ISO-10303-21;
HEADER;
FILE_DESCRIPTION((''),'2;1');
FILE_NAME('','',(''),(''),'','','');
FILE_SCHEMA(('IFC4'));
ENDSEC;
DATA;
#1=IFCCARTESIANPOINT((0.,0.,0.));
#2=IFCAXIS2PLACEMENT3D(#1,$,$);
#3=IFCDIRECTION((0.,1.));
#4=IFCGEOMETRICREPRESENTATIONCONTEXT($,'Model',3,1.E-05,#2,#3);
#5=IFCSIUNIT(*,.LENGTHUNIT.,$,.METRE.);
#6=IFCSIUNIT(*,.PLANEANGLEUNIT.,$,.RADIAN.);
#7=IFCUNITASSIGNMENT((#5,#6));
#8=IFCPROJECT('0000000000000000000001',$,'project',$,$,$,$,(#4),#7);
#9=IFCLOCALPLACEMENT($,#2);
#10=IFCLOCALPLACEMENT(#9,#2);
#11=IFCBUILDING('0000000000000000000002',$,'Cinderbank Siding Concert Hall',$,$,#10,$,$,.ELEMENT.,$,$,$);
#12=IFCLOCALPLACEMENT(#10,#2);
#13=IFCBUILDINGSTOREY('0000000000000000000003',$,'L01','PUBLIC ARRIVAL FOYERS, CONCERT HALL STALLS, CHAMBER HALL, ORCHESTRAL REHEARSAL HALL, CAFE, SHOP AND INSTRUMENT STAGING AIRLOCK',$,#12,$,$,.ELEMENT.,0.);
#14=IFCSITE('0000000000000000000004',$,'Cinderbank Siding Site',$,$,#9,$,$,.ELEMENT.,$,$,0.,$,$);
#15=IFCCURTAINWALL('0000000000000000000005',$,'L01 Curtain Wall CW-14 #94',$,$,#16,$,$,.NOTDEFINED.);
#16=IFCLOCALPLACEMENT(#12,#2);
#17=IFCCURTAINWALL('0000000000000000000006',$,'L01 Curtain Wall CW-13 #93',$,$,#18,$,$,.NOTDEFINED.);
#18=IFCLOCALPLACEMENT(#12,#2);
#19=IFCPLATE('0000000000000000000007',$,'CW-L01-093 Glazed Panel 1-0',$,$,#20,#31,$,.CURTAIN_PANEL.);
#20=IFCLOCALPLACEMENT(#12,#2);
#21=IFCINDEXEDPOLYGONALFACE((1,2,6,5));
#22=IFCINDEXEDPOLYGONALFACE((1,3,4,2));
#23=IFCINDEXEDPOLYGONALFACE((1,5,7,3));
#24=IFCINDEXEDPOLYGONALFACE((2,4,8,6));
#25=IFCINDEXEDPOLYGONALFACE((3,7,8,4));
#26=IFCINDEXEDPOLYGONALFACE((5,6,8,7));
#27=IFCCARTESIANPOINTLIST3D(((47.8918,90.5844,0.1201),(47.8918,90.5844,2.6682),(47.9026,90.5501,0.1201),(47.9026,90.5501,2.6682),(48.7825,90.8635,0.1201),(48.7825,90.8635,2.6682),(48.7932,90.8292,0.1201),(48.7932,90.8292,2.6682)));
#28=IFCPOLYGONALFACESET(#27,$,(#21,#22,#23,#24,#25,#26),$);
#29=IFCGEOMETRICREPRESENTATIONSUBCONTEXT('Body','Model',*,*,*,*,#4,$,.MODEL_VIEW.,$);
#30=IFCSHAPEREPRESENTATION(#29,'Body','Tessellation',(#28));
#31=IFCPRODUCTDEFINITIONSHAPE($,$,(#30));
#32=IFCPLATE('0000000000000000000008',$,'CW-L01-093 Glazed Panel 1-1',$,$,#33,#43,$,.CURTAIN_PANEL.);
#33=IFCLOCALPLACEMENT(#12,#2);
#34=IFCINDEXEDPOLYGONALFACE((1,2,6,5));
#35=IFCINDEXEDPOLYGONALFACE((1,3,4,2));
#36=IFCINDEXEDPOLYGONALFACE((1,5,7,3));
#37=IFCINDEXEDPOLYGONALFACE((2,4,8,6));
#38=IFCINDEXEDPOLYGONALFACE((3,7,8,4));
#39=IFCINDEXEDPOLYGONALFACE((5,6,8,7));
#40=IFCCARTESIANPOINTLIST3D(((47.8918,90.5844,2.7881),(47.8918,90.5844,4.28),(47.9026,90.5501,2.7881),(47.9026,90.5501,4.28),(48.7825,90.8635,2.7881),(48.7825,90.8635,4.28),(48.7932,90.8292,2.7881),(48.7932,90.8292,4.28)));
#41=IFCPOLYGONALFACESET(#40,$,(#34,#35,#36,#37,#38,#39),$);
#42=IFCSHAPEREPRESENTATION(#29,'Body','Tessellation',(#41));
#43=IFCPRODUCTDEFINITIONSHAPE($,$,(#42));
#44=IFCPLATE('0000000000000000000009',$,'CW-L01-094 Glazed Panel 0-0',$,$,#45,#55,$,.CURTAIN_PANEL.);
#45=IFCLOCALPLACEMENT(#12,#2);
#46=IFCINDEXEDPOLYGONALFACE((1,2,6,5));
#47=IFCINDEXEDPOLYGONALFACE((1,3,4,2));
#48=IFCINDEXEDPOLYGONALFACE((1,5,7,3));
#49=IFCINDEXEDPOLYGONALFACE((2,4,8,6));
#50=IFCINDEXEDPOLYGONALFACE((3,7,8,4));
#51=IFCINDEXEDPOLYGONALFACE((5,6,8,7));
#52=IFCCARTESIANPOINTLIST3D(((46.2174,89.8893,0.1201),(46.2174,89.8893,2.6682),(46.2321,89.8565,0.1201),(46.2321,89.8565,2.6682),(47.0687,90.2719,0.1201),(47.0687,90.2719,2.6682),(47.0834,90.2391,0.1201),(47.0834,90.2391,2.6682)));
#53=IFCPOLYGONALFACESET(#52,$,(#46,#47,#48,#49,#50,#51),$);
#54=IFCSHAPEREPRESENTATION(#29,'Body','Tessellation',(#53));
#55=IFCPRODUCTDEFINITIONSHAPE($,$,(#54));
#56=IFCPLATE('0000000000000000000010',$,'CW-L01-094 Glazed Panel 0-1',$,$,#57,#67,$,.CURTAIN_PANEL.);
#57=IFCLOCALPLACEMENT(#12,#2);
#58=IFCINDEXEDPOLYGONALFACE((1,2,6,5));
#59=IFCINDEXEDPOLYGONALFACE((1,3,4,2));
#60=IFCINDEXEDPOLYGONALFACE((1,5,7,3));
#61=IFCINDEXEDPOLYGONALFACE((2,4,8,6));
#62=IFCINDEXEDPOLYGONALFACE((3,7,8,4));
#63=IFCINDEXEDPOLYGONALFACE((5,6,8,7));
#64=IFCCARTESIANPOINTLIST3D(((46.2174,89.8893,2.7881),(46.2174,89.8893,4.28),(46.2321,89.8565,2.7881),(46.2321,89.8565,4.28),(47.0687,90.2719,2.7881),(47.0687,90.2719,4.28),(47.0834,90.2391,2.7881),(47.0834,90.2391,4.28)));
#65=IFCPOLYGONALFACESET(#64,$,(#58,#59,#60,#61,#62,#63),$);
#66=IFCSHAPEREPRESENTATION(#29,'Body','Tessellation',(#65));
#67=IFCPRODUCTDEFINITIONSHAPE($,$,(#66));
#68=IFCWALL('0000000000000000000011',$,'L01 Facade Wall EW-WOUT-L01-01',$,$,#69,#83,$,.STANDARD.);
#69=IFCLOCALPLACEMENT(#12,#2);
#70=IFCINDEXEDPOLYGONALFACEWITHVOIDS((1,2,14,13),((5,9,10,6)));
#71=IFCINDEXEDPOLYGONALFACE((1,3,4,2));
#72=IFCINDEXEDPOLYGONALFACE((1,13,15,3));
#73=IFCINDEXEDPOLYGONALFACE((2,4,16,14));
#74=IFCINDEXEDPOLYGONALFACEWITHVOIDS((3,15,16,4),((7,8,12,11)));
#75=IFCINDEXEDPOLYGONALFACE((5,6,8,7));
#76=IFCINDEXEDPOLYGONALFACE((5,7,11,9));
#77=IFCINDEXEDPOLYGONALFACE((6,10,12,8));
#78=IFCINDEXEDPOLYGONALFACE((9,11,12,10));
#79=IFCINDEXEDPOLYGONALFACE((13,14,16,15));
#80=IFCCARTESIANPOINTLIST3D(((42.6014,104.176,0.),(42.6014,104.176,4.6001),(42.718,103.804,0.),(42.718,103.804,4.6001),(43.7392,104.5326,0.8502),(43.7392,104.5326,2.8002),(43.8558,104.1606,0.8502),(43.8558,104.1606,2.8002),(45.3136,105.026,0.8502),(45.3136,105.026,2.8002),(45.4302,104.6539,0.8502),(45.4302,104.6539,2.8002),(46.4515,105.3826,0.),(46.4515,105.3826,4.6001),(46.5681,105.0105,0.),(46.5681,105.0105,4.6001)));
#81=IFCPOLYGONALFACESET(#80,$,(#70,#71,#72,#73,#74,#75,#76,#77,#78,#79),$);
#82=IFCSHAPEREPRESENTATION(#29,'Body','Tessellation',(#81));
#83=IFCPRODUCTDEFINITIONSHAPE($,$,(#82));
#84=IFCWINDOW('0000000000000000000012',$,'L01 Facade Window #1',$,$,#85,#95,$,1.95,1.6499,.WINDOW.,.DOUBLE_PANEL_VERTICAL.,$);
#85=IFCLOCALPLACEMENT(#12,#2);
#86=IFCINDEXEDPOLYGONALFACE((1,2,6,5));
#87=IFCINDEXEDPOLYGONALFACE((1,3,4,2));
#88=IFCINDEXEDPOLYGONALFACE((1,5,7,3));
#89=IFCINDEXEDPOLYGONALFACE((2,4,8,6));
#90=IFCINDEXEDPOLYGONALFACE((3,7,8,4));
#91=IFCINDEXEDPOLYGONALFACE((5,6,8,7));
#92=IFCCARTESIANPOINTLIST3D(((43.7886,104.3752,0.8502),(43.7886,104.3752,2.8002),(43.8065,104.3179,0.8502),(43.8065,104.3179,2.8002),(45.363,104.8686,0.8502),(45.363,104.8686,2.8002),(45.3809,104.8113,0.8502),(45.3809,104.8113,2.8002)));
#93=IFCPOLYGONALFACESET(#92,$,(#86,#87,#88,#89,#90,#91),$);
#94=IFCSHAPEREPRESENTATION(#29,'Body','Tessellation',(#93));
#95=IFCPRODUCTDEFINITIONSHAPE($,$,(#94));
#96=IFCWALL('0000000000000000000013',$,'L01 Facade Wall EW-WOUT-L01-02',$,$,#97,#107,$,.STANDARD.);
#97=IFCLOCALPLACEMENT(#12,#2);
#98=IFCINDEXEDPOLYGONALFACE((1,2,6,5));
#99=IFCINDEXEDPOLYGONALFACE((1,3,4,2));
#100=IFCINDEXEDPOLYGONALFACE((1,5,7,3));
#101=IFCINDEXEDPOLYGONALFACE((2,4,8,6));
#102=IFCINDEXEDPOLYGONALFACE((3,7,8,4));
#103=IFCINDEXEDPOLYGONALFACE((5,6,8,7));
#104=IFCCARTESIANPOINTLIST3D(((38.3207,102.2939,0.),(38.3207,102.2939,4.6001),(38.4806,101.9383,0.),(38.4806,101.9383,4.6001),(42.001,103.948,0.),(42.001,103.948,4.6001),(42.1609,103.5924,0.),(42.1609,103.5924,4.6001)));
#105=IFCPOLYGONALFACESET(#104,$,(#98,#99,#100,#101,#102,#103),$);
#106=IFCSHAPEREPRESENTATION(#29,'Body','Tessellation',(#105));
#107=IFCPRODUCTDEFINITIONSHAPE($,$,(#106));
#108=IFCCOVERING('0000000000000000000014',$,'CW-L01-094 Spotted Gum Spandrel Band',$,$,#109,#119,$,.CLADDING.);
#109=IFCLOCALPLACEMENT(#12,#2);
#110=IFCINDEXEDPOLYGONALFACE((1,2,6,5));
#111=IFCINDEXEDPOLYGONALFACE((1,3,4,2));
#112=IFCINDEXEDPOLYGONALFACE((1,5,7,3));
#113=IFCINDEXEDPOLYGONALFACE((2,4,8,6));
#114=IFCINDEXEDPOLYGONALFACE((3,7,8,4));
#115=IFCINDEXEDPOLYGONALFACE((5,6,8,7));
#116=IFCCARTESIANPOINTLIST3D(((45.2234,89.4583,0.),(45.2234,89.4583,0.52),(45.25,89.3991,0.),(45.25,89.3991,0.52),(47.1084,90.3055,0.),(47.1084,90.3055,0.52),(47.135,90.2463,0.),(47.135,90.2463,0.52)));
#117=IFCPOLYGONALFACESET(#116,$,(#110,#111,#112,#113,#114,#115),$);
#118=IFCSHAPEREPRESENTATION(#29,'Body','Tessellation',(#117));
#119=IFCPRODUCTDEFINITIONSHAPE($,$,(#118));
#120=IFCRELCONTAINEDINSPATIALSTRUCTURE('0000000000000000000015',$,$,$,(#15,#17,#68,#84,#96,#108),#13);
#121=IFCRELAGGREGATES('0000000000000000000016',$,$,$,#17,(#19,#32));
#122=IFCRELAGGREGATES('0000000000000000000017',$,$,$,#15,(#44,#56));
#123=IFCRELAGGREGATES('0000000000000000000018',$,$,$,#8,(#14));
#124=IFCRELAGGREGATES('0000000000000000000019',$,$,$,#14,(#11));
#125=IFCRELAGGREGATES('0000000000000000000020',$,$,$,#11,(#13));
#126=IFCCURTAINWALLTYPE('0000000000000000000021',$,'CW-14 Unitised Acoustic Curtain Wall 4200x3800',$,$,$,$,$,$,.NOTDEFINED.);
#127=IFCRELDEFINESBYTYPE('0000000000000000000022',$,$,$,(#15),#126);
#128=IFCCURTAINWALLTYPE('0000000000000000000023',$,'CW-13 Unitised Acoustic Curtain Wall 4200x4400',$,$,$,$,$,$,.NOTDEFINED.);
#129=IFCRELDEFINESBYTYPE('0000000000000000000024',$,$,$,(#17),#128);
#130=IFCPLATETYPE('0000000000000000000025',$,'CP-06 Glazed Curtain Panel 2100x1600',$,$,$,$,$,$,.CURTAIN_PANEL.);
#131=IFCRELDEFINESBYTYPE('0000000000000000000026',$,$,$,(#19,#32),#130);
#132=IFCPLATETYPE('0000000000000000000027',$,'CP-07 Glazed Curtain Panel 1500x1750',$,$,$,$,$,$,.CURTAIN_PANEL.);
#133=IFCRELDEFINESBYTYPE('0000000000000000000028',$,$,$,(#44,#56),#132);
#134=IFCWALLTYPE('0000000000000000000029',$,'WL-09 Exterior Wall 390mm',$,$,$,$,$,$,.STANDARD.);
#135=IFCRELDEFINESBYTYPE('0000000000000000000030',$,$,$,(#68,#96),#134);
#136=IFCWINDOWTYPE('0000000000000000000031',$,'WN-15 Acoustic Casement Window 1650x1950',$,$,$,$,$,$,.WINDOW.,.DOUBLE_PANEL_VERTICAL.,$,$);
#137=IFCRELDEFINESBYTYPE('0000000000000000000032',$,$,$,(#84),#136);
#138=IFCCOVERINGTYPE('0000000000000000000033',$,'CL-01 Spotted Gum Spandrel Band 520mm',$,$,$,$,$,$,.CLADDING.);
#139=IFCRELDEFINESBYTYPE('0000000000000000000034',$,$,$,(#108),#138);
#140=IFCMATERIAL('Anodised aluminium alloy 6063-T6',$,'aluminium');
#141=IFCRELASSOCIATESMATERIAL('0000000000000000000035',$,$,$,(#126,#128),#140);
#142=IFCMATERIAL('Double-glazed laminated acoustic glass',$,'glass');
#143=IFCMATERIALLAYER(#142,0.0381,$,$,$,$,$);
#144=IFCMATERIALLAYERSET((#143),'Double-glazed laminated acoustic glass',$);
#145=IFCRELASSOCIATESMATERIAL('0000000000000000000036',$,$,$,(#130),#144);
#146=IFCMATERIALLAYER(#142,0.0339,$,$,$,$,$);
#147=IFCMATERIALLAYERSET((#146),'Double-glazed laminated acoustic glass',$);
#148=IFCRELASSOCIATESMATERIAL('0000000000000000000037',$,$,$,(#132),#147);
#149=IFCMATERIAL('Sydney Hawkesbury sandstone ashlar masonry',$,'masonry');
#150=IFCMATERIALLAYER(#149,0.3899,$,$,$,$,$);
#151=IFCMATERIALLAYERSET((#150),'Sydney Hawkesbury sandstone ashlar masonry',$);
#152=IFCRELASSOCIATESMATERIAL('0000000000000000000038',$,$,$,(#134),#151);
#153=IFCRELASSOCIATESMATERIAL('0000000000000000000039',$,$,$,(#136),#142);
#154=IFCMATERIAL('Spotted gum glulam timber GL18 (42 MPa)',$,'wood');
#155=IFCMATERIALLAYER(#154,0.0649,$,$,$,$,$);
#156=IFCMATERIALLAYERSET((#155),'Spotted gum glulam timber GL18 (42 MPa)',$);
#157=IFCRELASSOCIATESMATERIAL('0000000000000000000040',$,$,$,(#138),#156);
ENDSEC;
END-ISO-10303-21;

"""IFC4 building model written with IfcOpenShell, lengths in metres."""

from ifc_helpers import new_model, si_unit, direction, frame, frame_2d, origin, origin_2d, place, context, subcontext, project, spatial, rectangle, extrude, material, layer, layer_set, type_object, element, fill, aggregate, save


model = new_model("IFC4")

# Units and contexts
model_context = context("Model", 3, precision=1e-05, world=origin(), true_north=direction((0.0, 1.0)))
body_context = subcontext(model_context, "Body", "Model", "MODEL_VIEW")
ifc_project = project(units=[si_unit("LENGTHUNIT", "METRE"), si_unit("PLANEANGLEUNIT", "RADIAN")], contexts=[model_context])

# Site, building, storey
site_placement = place(None, origin())
site = spatial("IfcSite", under=ifc_project, at=site_placement, Name="Cinderbank Siding Site", CompositionType="ELEMENT", RefElevation=0.0)
building_placement = place(site_placement, origin())
building = spatial("IfcBuilding", under=site, at=building_placement, Name="Cinderbank Siding Concert Hall", CompositionType="ELEMENT")
storey_placement = place(building_placement, origin())
storey = spatial("IfcBuildingStorey", under=building, at=storey_placement, Name="L01", Description="PUBLIC ARRIVAL FOYERS, CONCERT HALL STALLS, CHAMBER HALL, ORCHESTRAL REHEARSAL HALL, CAFE, SHOP AND INSTRUMENT STAGING AIRLOCK", CompositionType="ELEMENT", Elevation=0.0)

# Curtain walls
ifc_material_1 = material(Name="Anodised aluminium alloy 6063-T6", Category="aluminium")
curtain_wall_type_1 = type_object("IfcCurtainWallType", Name="CW-14 Unitised Acoustic Curtain Wall 4200x3800", PredefinedType="NOTDEFINED", material=ifc_material_1)
curtain_wall_1_placement = place(storey_placement, origin())
curtain_wall_1 = element("IfcCurtainWall", 1, at=curtain_wall_1_placement, inside=storey, type_object=curtain_wall_type_1, Name="L01 Curtain Wall CW-14 #94", PredefinedType="NOTDEFINED")
curtain_wall_type_2 = type_object("IfcCurtainWallType", Name="CW-13 Unitised Acoustic Curtain Wall 4200x4400", PredefinedType="NOTDEFINED", material=ifc_material_1)
curtain_wall_2_placement = place(storey_placement, origin())
curtain_wall_2 = element("IfcCurtainWall", 2, at=curtain_wall_2_placement, inside=storey, type_object=curtain_wall_type_2, Name="L01 Curtain Wall CW-13 #93", PredefinedType="NOTDEFINED")

# Shared definitions
ifc_material_2 = material(Name="Spotted gum glulam timber GL18 (42 MPa)", Category="wood")

# Plates
ifc_material_3 = material(Name="Double-glazed laminated acoustic glass", Category="glass")
ifc_layer_1 = layer(ifc_material_3, 0.0381)
ifc_layer_set_1 = layer_set([ifc_layer_1], Name="Double-glazed laminated acoustic glass")
plate_type_1 = type_object("IfcPlateType", Name="CP-06 Glazed Curtain Panel 2100x1600", PredefinedType="CURTAIN_PANEL", material=ifc_layer_set_1)
plate_1_placement = place(storey_placement, frame((48.3425, 90.7068, 0.1201), z_axis=(0.0, 0.0, 1.0), x_axis=(-0.95424, -0.299041, 0.0)))
plate_1 = element("IfcPlate", 3, at=plate_1_placement, type_object=plate_type_1, Name="CW-L01-093 Glazed Panel 1-0", PredefinedType="CURTAIN_PANEL", context=body_context, shape_type="SweptSolid", body=[
    extrude(rectangle(XDim=0.9333, YDim=0.0359, at=origin_2d()), origin(), (0.0, 0.0, 1.0), 2.5481),
])
plate_2_placement = place(storey_placement, frame((48.3425, 90.7068, 2.7881), z_axis=(0.0, 0.0, 1.0), x_axis=(-0.95424, -0.299041, 0.0)))
plate_2 = element("IfcPlate", 4, at=plate_2_placement, type_object=plate_type_1, Name="CW-L01-093 Glazed Panel 1-1", PredefinedType="CURTAIN_PANEL", context=body_context, shape_type="SweptSolid", body=[
    extrude(rectangle(XDim=0.9333, YDim=0.0359, at=origin_2d()), origin(), (0.0, 0.0, 1.0), 1.4919),
])
aggregate(curtain_wall_2, [plate_1, plate_2])
ifc_layer_2 = layer(ifc_material_3, 0.0339)
ifc_layer_set_2 = layer_set([ifc_layer_2], Name="Double-glazed laminated acoustic glass")
plate_type_2 = type_object("IfcPlateType", Name="CP-07 Glazed Curtain Panel 1500x1750", PredefinedType="CURTAIN_PANEL", material=ifc_layer_set_2)
plate_3_placement = place(storey_placement, frame((46.6504, 90.0642, 0.1201), z_axis=(0.0, 0.0, 1.0), x_axis=(-0.912122, -0.409919, 0.0)))
plate_3 = element("IfcPlate", 5, at=plate_3_placement, type_object=plate_type_2, Name="CW-L01-094 Glazed Panel 0-0", PredefinedType="CURTAIN_PANEL", context=body_context, shape_type="SweptSolid", body=[
    extrude(rectangle(XDim=0.9333, YDim=0.0359, at=origin_2d()), origin(), (0.0, 0.0, 1.0), 2.5481),
])
plate_4_placement = place(storey_placement, frame((46.6504, 90.0642, 2.7881), z_axis=(0.0, 0.0, 1.0), x_axis=(-0.912122, -0.409919, 0.0)))
plate_4 = element("IfcPlate", 6, at=plate_4_placement, type_object=plate_type_2, Name="CW-L01-094 Glazed Panel 0-1", PredefinedType="CURTAIN_PANEL", context=body_context, shape_type="SweptSolid", body=[
    extrude(rectangle(XDim=0.9333, YDim=0.0359, at=origin_2d()), origin(), (0.0, 0.0, 1.0), 1.4919),
])
aggregate(curtain_wall_1, [plate_3, plate_4])

# Wall, opening, window
ifc_material_4 = material(Name="Sydney Hawkesbury sandstone ashlar masonry", Category="masonry")
ifc_layer_3 = layer(ifc_material_4, 0.3899)
ifc_layer_set_3 = layer_set([ifc_layer_3], Name="Sydney Hawkesbury sandstone ashlar masonry")
wall_type = type_object("IfcWallType", Name="WL-09 Exterior Wall 390mm", PredefinedType="STANDARD", material=ifc_layer_set_3)
wall_1_placement = place(storey_placement, frame((46.5098, 105.1965, 0.0), z_axis=(0.0, 0.0, 1.0), x_axis=(-0.954241, -0.29904, 0.0)))
wall_1 = element("IfcWall", 7, at=wall_1_placement, inside=storey, type_object=wall_type, Name="L01 Facade Wall EW-WOUT-L01-01", PredefinedType="STANDARD", context=body_context, shape_type="SweptSolid", body=[
    extrude(rectangle(XDim=4.0347, YDim=0.3899, at=frame_2d((2.0173, 0.0))), origin(), (0.0, 0.0, 1.0), 4.6001),
])
opening_placement = place(wall_1_placement, frame((1.1924, 0.0, 0.8501)))
opening = element("IfcOpeningElement", 8, at=opening_placement, cuts=wall_1, PredefinedType="OPENING", context=body_context, shape_type="SweptSolid", body=[
    extrude(rectangle(XDim=1.6499, YDim=1.95, at=frame_2d((0.825, 0.9751))), frame((0.0, 0.207, 0.0), z_axis=(0.0, -1.0, 0.0), x_axis=(1.0, 0.0, 0.0)), (0.0, 0.0, 1.0), 0.4138),
])
window_type = type_object("IfcWindowType", Name="WN-15 Acoustic Casement Window 1650x1950", PartitioningType="DOUBLE_PANEL_VERTICAL", PredefinedType="WINDOW", material=ifc_material_3)
window_placement = place(opening_placement, origin())
window = element("IfcWindow", 9, at=window_placement, inside=storey, type_object=window_type, Name="L01 Facade Window #1", OverallHeight=1.95, OverallWidth=1.6499, PartitioningType="DOUBLE_PANEL_VERTICAL", PredefinedType="WINDOW", context=body_context, shape_type="SweptSolid", body=[
    extrude(rectangle(XDim=1.6499, YDim=1.95, at=frame_2d((0.825, 0.9751))), frame((0.0, 0.03, 0.0), z_axis=(0.0, -1.0, 0.0), x_axis=(1.0, 0.0, 0.0)), (0.0, 0.0, 1.0), 0.0601),
])
fill(opening, window)

# Wall
wall_2_placement = place(storey_placement, frame((42.0811, 103.7703, 0.0), z_axis=(0.0, 0.0, 1.0), x_axis=(-0.912109, -0.409947, 0.0)))
element("IfcWall", 10, at=wall_2_placement, inside=storey, type_object=wall_type, Name="L01 Facade Wall EW-WOUT-L01-02", PredefinedType="STANDARD", context=body_context, shape_type="SweptSolid", body=[
    extrude(rectangle(XDim=4.0349, YDim=0.3899, at=frame_2d((2.0176, 0.0))), origin(), (0.0, 0.0, 1.0), 4.6001),
])

# Covering
ifc_layer_4 = layer(ifc_material_2, 0.0649)
ifc_layer_set_4 = layer_set([ifc_layer_4], Name="Spotted gum glulam timber GL18 (42 MPa)")
covering_type = type_object("IfcCoveringType", Name="CL-01 Spotted Gum Spandrel Band 520mm", PredefinedType="CLADDING", material=ifc_layer_set_4)
covering_placement = place(storey_placement, frame((46.1792, 89.8523, 0.0), z_axis=(0.0, 0.0, 1.0), x_axis=(-0.912122, -0.409919, 0.0)))
element("IfcCovering", 11, at=covering_placement, inside=storey, type_object=covering_type, Name="CW-L01-094 Spotted Gum Spandrel Band", PredefinedType="CLADDING", context=body_context, shape_type="SweptSolid", body=[
    extrude(rectangle(XDim=2.0667, YDim=0.0649, at=origin_2d()), origin(), (0.0, 0.0, 1.0), 0.52),
])

save(model, "model.ifc")
